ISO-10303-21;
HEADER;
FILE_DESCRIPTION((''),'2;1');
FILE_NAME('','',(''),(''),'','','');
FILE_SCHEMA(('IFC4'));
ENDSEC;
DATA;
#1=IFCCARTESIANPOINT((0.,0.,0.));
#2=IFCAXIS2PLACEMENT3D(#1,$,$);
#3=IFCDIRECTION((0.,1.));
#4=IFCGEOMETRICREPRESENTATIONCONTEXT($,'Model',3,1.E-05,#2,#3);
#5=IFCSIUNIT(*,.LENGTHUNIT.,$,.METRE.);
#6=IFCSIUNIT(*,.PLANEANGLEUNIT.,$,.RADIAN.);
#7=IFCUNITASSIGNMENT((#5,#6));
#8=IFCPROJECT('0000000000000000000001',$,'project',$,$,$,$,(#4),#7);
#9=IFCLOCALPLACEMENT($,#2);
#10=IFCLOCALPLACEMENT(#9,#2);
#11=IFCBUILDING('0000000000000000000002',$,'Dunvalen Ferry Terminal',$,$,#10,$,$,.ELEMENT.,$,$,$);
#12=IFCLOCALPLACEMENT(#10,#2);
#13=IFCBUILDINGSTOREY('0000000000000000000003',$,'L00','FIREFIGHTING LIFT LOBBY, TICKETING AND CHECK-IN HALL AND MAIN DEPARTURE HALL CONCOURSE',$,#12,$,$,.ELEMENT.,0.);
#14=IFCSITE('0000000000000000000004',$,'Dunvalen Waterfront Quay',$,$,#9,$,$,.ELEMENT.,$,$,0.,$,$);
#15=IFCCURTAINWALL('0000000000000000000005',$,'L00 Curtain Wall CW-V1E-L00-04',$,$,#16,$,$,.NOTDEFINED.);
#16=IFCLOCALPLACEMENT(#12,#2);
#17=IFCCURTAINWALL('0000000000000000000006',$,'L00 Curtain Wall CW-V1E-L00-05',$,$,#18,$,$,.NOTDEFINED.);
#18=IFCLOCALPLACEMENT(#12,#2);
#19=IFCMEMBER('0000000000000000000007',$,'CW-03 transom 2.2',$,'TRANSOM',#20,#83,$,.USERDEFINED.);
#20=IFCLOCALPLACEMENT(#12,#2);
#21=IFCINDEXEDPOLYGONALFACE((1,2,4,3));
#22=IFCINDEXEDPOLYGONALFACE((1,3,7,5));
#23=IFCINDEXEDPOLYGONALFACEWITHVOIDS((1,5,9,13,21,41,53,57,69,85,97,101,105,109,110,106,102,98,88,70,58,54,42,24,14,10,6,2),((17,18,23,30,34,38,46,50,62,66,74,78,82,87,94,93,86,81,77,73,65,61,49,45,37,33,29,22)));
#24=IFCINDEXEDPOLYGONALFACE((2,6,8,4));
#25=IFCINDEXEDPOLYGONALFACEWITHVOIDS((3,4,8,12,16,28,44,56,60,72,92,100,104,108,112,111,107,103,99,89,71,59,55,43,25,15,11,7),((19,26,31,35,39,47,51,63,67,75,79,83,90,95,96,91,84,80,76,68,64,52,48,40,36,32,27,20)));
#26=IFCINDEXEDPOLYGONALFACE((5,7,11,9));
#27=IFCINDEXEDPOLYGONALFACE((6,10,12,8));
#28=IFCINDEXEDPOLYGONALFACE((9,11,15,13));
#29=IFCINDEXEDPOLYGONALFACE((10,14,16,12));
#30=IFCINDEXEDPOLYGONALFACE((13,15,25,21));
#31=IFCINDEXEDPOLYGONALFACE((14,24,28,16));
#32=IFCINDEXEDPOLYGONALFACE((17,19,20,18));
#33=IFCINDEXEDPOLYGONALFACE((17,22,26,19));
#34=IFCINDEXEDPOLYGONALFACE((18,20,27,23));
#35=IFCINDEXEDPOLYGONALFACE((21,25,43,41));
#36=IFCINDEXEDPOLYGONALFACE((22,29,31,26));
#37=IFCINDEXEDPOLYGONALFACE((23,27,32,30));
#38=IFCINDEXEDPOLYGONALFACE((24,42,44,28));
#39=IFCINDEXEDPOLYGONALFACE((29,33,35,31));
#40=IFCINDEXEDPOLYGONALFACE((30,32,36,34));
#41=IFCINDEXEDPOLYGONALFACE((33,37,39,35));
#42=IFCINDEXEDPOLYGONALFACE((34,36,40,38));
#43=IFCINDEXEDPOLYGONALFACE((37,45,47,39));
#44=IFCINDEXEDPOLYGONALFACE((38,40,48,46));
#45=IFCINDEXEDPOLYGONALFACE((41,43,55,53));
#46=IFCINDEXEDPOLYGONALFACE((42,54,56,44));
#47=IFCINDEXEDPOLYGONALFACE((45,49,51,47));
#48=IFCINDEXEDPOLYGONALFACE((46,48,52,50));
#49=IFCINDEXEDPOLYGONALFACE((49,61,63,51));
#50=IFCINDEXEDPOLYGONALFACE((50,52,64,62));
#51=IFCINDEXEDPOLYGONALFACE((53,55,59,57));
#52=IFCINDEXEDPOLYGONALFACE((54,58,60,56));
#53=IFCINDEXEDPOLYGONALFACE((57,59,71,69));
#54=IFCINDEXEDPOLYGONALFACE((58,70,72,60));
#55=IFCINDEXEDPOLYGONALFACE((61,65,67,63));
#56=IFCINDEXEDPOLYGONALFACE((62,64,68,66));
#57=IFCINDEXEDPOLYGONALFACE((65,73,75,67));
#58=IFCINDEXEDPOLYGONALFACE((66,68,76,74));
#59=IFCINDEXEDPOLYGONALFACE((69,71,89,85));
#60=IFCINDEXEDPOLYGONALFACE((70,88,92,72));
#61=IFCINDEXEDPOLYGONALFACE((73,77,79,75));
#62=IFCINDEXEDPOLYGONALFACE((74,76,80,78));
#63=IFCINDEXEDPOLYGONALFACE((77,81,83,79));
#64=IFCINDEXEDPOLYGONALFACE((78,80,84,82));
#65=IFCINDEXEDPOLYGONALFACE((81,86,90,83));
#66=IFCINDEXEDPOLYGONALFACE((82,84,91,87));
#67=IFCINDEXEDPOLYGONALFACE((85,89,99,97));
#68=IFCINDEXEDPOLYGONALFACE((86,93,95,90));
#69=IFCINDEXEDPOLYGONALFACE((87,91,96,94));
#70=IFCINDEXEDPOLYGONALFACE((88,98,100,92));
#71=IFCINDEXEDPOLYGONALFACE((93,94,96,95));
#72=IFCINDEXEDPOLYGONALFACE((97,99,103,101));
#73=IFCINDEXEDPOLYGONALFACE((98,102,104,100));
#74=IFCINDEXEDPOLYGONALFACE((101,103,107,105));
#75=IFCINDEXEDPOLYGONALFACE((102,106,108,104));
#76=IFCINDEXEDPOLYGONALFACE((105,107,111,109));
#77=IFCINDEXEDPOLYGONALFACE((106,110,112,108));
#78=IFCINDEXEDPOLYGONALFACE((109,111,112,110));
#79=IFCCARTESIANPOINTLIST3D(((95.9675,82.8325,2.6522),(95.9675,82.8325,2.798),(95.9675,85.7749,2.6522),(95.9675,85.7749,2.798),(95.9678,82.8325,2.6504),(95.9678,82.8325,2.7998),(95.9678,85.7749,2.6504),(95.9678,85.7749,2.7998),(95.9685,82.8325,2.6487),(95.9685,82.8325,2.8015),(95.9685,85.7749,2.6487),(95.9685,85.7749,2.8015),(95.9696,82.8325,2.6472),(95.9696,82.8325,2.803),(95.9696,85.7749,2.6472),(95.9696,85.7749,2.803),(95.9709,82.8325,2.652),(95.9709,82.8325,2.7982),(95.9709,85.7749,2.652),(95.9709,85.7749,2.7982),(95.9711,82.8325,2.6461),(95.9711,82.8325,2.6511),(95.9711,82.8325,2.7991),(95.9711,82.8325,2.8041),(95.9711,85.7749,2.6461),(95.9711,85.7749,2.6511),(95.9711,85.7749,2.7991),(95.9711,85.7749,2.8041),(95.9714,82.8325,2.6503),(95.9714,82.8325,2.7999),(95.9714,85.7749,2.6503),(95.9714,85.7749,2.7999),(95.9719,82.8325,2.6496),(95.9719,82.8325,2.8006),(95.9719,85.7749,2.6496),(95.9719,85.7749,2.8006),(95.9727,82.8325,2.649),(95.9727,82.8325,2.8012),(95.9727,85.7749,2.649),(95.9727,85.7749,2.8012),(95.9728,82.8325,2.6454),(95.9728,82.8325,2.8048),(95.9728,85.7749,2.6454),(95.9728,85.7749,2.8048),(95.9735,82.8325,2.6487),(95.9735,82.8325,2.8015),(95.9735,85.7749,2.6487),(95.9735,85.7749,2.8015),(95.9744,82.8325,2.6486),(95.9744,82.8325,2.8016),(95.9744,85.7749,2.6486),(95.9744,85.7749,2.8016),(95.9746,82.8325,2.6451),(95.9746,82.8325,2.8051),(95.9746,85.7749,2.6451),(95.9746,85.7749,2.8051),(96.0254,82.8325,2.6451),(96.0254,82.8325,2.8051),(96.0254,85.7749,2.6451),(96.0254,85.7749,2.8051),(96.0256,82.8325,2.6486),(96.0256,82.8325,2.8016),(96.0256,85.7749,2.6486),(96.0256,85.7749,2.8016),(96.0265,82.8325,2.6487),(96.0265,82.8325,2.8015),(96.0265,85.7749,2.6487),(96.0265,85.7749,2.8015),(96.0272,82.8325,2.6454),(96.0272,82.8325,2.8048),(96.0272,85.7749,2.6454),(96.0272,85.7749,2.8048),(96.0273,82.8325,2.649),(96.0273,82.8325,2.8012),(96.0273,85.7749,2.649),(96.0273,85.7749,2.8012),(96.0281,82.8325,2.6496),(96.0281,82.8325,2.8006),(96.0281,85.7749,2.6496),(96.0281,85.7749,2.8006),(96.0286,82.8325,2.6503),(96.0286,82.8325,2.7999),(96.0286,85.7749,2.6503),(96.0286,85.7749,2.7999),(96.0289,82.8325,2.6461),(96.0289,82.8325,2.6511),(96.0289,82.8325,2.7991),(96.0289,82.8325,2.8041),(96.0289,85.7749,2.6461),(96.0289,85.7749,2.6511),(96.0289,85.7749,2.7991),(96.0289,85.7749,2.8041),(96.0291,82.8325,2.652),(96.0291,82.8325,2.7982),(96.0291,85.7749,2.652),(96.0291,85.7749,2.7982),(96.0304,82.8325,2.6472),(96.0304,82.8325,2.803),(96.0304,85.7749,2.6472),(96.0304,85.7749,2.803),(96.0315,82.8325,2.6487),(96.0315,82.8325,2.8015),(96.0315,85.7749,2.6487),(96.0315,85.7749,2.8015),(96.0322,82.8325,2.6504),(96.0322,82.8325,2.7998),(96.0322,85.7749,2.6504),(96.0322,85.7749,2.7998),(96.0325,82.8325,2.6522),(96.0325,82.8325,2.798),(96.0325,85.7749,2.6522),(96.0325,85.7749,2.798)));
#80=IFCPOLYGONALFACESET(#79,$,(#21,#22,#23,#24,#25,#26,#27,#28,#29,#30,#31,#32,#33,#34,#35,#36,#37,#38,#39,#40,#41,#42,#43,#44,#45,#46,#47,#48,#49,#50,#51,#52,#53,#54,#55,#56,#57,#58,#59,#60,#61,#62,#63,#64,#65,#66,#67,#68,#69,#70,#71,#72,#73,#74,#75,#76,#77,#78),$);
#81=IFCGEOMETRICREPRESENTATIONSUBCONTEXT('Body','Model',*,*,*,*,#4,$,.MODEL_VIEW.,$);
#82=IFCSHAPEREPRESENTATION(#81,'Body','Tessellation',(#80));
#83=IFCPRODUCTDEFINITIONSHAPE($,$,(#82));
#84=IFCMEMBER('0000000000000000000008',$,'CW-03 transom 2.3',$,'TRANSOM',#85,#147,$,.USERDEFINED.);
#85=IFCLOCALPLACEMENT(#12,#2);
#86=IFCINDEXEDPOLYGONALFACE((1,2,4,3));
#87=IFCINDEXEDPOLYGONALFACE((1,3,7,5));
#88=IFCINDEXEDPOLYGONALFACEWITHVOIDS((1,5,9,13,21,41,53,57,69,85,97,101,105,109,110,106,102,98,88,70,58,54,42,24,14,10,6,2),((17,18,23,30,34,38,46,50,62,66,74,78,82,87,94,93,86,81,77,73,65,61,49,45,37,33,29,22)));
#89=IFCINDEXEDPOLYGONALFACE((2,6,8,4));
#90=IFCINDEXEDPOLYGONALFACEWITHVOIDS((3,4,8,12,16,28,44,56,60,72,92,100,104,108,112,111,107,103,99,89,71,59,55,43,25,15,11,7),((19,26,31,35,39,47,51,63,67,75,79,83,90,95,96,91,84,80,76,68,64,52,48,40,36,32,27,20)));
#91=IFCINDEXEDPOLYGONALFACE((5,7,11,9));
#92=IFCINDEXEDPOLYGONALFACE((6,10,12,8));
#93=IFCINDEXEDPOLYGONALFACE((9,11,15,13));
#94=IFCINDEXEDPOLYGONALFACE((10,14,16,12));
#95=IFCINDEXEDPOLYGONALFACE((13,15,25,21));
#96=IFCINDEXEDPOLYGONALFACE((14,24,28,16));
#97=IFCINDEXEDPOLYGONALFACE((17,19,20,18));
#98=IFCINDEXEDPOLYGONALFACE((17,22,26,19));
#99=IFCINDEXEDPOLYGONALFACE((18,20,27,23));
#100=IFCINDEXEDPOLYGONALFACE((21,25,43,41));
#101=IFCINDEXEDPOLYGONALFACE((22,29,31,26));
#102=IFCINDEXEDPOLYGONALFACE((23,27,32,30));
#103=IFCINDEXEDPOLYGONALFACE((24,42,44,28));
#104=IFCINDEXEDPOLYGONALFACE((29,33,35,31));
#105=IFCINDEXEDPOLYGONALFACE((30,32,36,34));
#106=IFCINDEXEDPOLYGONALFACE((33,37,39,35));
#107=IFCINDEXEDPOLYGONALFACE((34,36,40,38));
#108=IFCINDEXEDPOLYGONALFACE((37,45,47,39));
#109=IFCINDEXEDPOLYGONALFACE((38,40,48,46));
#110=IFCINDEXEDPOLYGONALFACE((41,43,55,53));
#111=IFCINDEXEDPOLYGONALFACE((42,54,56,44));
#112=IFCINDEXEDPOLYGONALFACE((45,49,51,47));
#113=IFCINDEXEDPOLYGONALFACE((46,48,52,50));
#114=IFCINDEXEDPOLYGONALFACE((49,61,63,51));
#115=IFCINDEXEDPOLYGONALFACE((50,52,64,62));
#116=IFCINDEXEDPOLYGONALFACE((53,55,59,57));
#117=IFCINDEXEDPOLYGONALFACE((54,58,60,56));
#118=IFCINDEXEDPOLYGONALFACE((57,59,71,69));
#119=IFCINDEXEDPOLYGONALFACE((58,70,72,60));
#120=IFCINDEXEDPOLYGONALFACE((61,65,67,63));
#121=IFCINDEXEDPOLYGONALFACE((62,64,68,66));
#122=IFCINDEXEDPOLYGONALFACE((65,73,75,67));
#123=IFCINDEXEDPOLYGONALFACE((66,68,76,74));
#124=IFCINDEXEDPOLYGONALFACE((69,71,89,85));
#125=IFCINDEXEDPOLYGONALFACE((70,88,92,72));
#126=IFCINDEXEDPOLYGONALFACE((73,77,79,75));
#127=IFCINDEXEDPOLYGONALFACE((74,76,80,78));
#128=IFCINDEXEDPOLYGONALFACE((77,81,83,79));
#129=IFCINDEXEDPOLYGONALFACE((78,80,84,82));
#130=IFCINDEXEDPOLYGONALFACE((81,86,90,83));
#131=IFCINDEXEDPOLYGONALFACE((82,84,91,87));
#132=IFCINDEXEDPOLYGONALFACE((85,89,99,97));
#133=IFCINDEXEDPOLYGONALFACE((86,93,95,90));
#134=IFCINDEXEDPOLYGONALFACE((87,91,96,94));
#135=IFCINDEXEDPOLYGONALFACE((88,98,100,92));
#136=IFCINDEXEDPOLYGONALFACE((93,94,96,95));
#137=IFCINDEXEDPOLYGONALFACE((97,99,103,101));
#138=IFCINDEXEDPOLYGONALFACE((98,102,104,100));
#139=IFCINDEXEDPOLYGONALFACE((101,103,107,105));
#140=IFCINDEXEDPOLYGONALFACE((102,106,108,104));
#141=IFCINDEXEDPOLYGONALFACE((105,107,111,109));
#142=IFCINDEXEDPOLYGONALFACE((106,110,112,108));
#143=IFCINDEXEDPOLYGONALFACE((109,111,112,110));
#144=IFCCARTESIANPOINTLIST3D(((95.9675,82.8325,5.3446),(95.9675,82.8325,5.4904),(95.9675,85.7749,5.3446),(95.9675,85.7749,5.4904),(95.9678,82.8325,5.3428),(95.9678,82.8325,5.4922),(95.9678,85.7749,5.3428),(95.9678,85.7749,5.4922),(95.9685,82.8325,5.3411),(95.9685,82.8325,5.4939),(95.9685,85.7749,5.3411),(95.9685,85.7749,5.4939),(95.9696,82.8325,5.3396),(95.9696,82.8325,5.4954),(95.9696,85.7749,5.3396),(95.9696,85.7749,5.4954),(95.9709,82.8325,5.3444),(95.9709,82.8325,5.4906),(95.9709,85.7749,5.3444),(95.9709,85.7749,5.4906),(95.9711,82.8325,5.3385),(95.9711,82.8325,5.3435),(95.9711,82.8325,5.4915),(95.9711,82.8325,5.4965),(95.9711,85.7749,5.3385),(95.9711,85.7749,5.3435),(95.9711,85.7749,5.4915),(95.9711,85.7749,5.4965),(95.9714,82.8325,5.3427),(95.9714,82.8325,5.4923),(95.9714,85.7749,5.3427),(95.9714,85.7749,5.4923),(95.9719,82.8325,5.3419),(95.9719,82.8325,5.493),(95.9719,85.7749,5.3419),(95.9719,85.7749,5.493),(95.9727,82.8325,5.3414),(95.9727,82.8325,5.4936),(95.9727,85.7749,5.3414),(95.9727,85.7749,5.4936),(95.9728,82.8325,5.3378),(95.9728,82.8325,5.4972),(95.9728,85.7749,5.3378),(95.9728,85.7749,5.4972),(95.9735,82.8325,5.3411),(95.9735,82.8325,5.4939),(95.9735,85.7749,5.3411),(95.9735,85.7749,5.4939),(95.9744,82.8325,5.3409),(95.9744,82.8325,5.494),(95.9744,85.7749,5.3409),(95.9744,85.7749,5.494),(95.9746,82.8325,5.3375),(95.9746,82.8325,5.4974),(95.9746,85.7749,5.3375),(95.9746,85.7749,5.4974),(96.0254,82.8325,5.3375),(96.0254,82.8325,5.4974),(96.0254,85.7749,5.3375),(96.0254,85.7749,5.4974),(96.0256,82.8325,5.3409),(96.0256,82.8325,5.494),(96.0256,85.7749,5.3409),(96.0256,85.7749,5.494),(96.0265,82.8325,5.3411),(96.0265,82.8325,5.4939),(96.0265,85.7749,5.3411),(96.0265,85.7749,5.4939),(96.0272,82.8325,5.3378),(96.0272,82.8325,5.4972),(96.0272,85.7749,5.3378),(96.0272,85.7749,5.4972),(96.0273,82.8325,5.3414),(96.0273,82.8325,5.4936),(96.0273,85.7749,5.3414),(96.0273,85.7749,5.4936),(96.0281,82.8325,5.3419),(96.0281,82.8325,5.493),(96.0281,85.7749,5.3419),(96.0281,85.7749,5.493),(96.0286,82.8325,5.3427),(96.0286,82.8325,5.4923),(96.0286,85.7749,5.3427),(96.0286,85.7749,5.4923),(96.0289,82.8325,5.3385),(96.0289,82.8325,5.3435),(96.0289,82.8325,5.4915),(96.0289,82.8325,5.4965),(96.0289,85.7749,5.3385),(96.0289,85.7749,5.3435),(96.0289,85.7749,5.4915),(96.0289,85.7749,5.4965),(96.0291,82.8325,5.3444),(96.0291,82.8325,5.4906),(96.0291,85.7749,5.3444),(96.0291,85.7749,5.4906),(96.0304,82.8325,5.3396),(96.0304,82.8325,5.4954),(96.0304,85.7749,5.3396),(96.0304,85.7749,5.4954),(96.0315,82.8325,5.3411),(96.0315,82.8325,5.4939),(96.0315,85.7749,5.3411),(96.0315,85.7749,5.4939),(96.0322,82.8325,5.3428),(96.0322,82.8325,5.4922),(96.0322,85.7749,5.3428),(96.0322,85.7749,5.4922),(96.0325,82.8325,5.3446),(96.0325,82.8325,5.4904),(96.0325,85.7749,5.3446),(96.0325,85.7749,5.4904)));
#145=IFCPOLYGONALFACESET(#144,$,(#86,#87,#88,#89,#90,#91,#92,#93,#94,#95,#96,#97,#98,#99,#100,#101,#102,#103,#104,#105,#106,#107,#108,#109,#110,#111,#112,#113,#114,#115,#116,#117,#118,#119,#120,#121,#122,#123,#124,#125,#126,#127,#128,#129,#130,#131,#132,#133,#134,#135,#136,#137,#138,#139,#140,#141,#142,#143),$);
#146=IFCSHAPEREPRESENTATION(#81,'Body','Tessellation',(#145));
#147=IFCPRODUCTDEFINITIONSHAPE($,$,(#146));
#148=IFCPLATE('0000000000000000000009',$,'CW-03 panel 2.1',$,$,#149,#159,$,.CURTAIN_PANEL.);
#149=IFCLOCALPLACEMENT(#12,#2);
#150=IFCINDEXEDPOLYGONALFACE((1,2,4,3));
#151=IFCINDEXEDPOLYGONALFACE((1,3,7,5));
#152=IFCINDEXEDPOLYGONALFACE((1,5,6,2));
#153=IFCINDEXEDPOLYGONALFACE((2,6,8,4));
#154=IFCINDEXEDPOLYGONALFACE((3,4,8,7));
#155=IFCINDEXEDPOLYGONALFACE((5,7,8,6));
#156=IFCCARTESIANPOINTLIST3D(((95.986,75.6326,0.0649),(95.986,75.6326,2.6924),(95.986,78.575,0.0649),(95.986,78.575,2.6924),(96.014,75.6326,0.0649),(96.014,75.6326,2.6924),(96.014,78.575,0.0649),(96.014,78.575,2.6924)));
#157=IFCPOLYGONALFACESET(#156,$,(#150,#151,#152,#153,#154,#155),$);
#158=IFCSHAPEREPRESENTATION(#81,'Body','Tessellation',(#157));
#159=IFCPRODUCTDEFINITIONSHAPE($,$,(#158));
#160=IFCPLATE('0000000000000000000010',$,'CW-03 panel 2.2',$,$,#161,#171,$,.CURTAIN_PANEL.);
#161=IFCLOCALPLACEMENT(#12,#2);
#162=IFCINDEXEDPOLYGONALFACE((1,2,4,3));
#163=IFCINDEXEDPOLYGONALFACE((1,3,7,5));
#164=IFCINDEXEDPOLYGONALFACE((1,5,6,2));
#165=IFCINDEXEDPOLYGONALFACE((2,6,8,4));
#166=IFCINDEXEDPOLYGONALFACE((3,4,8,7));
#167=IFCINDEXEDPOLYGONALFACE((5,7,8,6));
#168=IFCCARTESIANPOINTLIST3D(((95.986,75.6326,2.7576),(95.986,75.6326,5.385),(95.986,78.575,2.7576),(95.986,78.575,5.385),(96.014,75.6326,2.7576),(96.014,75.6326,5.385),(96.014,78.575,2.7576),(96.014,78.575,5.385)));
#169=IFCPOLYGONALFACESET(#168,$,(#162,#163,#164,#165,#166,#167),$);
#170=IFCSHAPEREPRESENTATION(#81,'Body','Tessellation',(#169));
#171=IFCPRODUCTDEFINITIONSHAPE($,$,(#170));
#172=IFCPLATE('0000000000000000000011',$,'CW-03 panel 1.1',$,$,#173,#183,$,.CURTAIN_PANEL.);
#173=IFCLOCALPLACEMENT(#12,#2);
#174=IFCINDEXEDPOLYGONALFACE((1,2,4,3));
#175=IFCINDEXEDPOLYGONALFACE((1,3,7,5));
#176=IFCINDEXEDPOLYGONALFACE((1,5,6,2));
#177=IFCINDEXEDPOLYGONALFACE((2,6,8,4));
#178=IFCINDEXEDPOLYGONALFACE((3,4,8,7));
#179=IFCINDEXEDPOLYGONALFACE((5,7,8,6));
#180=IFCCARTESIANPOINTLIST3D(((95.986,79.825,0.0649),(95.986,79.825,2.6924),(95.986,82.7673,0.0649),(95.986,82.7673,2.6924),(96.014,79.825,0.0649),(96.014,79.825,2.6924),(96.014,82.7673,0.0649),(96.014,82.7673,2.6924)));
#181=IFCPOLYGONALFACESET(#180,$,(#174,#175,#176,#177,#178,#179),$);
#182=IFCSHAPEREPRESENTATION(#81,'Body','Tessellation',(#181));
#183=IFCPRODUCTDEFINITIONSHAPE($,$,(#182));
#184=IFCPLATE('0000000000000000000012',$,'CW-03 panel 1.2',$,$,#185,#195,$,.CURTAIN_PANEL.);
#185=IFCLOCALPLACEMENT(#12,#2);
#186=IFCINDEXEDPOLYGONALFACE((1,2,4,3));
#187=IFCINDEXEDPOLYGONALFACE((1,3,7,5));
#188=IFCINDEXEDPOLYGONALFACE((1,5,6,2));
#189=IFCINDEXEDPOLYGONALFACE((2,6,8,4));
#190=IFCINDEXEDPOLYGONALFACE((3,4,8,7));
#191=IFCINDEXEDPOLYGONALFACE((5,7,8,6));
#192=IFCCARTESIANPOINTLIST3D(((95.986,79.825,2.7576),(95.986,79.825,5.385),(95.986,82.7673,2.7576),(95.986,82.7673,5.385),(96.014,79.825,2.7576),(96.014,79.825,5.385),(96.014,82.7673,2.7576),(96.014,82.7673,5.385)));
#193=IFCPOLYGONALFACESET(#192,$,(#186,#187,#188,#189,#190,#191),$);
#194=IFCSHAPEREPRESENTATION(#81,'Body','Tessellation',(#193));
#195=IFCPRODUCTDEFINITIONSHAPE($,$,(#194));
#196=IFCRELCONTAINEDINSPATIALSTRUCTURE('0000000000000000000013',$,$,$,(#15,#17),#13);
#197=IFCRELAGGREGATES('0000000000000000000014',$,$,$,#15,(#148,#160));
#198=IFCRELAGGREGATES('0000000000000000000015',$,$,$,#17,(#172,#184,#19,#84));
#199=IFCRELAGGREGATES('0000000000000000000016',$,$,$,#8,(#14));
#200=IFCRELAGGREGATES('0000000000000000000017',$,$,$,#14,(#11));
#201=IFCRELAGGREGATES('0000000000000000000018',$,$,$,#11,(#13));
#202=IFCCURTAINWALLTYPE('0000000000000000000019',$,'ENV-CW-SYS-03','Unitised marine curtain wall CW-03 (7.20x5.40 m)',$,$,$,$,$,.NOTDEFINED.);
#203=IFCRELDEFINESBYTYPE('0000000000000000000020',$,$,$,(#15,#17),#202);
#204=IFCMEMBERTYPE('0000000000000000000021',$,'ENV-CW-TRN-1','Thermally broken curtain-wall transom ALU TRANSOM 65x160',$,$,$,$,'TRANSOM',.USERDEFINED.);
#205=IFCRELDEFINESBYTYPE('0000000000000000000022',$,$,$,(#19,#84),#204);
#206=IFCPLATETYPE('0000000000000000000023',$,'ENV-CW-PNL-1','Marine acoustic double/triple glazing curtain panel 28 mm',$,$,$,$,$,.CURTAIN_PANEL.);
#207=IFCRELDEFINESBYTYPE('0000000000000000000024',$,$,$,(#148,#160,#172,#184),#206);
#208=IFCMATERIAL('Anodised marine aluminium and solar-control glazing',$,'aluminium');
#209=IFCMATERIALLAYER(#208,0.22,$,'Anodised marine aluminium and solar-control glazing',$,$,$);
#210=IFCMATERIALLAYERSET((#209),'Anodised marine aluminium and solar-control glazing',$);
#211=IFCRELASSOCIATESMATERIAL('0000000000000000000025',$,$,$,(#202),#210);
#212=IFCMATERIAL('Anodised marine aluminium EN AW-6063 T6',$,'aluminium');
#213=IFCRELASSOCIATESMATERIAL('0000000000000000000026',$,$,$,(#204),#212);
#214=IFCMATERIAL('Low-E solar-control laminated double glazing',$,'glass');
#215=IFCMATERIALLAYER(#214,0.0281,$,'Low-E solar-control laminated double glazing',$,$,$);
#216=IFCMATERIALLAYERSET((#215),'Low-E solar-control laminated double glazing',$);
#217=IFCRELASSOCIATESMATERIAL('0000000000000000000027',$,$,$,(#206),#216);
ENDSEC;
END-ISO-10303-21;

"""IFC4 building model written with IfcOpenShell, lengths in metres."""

from ifc_helpers import new_model, si_unit, direction, frame, origin, origin_2d, place, context, subcontext, project, spatial, rectangle, hollow_rectangle, extrude, material, layer, layer_set, material_profile, profile_set, type_object, element, aggregate, save


model = new_model("IFC4")

# Units and contexts
model_context = context("Model", 3, precision=1e-05, world=origin(), true_north=direction((0.0, 1.0)))
body_context = subcontext(model_context, "Body", "Model", "MODEL_VIEW")
ifc_project = project(units=[si_unit("LENGTHUNIT", "METRE"), si_unit("PLANEANGLEUNIT", "RADIAN")], contexts=[model_context])

# Site, building, storey
site_placement = place(None, origin())
site = spatial("IfcSite", under=ifc_project, at=site_placement, Name="Dunvalen Waterfront Quay", CompositionType="ELEMENT", RefElevation=0.0)
building_placement = place(site_placement, origin())
building = spatial("IfcBuilding", under=site, at=building_placement, Name="Dunvalen Ferry Terminal", CompositionType="ELEMENT")
storey_placement = place(building_placement, origin())
storey = spatial("IfcBuildingStorey", under=building, at=storey_placement, Name="L00", Description="FIREFIGHTING LIFT LOBBY, TICKETING AND CHECK-IN HALL AND MAIN DEPARTURE HALL CONCOURSE", CompositionType="ELEMENT", Elevation=0.0)

# Curtain wall
ifc_material_1 = material(Name="Anodised marine aluminium and solar-control glazing", Category="aluminium")
ifc_layer_1 = layer(ifc_material_1, 0.22, Name="Anodised marine aluminium and solar-control glazing")
ifc_layer_set_1 = layer_set([ifc_layer_1], Name="Anodised marine aluminium and solar-control glazing")
curtain_wall_type = type_object("IfcCurtainWallType", Name="ENV-CW-SYS-03", Description="Unitised marine curtain wall CW-03 (7.20x5.40 m)", PredefinedType="NOTDEFINED", material=ifc_layer_set_1)
curtain_wall_1_placement = place(storey_placement, origin())
curtain_wall_1 = element("IfcCurtainWall", 1, at=curtain_wall_1_placement, inside=storey, type_object=curtain_wall_type, Name="L00 Curtain Wall CW-V1E-L00-04", PredefinedType="NOTDEFINED")
ifc_material_2 = material(Name="Anodised marine aluminium EN AW-6063 T6", Category="aluminium")

# Curtain wall, members
curtain_wall_2_placement = place(storey_placement, origin())
curtain_wall_2 = element("IfcCurtainWall", 2, at=curtain_wall_2_placement, inside=storey, type_object=curtain_wall_type, Name="L00 Curtain Wall CW-V1E-L00-05", PredefinedType="NOTDEFINED")
ifc_material_profile_1 = material_profile(ifc_material_2, hollow_rectangle(XDim=0.0649, YDim=0.1599, WallThickness=0.0034, InnerFilletRadius=0.0034, OuterFilletRadius=0.0071, at=origin_2d()), Name="Anodised marine aluminium EN AW-6063 T6")
ifc_profile_set_1 = profile_set([ifc_material_profile_1], Name="Anodised marine aluminium EN AW-6063 T6")
member_type_1 = type_object("IfcMemberType", Name="ENV-CW-TRN-1", Description="Thermally broken curtain-wall transom ALU TRANSOM 65x160", ElementType="TRANSOM", PredefinedType="USERDEFINED", material=ifc_profile_set_1)
member_1_placement = place(storey_placement, frame((96.0, 82.8325, 2.7251), z_axis=(0.0, 1.0, 0.0), x_axis=(-1.0, 0.0, 0.0)))
member_1 = element("IfcMember", 3, at=member_1_placement, type_object=member_type_1, Name="CW-03 transom 2.2", ObjectType="TRANSOM", PredefinedType="USERDEFINED", context=body_context, shape_type="SweptSolid", body=[
    extrude(hollow_rectangle(XDim=0.0649, YDim=0.1599, WallThickness=0.0034, InnerFilletRadius=0.0034, OuterFilletRadius=0.0071, at=origin_2d()), origin(), (0.0, 0.0, 1.0), 2.9424),
])
member_2_placement = place(storey_placement, frame((96.0, 82.8325, 5.4175), z_axis=(0.0, 1.0, 0.0), x_axis=(-1.0, 0.0, 0.0)))
member_2 = element("IfcMember", 4, at=member_2_placement, type_object=member_type_1, Name="CW-03 transom 2.3", ObjectType="TRANSOM", PredefinedType="USERDEFINED", context=body_context, shape_type="SweptSolid", body=[
    extrude(hollow_rectangle(XDim=0.0649, YDim=0.1599, WallThickness=0.0034, InnerFilletRadius=0.0034, OuterFilletRadius=0.0071, at=origin_2d()), origin(), (0.0, 0.0, 1.0), 2.9424),
])

# Plates
ifc_material_3 = material(Name="Low-E solar-control laminated double glazing", Category="glass")
ifc_layer_2 = layer(ifc_material_3, 0.0281, Name="Low-E solar-control laminated double glazing")
ifc_layer_set_2 = layer_set([ifc_layer_2], Name="Low-E solar-control laminated double glazing")
plate_type = type_object("IfcPlateType", Name="ENV-CW-PNL-1", Description="Marine acoustic double/triple glazing curtain panel 28 mm", PredefinedType="CURTAIN_PANEL", material=ifc_layer_set_2)
plate_1_placement = place(storey_placement, frame((96.0, 77.1038, 0.0649), z_axis=(0.0, 0.0, 1.0), x_axis=(0.0, 1.0, 0.0)))
plate_1 = element("IfcPlate", 5, at=plate_1_placement, type_object=plate_type, Name="CW-03 panel 2.1", PredefinedType="CURTAIN_PANEL", context=body_context, shape_type="SweptSolid", body=[
    extrude(rectangle(XDim=2.9424, YDim=0.0281, at=origin_2d()), origin(), (0.0, 0.0, 1.0), 2.6274),
])
plate_2_placement = place(storey_placement, frame((96.0, 77.1038, 2.7576), z_axis=(0.0, 0.0, 1.0), x_axis=(0.0, 1.0, 0.0)))
plate_2 = element("IfcPlate", 6, at=plate_2_placement, type_object=plate_type, Name="CW-03 panel 2.2", PredefinedType="CURTAIN_PANEL", context=body_context, shape_type="SweptSolid", body=[
    extrude(rectangle(XDim=2.9424, YDim=0.0281, at=origin_2d()), origin(), (0.0, 0.0, 1.0), 2.6274),
])
aggregate(curtain_wall_1, [plate_1, plate_2])
plate_3_placement = place(storey_placement, frame((96.0, 81.2961, 0.0649), z_axis=(0.0, 0.0, 1.0), x_axis=(0.0, 1.0, 0.0)))
plate_3 = element("IfcPlate", 7, at=plate_3_placement, type_object=plate_type, Name="CW-03 panel 1.1", PredefinedType="CURTAIN_PANEL", context=body_context, shape_type="SweptSolid", body=[
    extrude(rectangle(XDim=2.9424, YDim=0.0281, at=origin_2d()), origin(), (0.0, 0.0, 1.0), 2.6274),
])
plate_4_placement = place(storey_placement, frame((96.0, 81.2961, 2.7576), z_axis=(0.0, 0.0, 1.0), x_axis=(0.0, 1.0, 0.0)))
plate_4 = element("IfcPlate", 8, at=plate_4_placement, type_object=plate_type, Name="CW-03 panel 1.2", PredefinedType="CURTAIN_PANEL", context=body_context, shape_type="SweptSolid", body=[
    extrude(rectangle(XDim=2.9424, YDim=0.0281, at=origin_2d()), origin(), (0.0, 0.0, 1.0), 2.6274),
])
aggregate(curtain_wall_2, [plate_3, plate_4, member_1, member_2])

save(model, "model.ifc")
